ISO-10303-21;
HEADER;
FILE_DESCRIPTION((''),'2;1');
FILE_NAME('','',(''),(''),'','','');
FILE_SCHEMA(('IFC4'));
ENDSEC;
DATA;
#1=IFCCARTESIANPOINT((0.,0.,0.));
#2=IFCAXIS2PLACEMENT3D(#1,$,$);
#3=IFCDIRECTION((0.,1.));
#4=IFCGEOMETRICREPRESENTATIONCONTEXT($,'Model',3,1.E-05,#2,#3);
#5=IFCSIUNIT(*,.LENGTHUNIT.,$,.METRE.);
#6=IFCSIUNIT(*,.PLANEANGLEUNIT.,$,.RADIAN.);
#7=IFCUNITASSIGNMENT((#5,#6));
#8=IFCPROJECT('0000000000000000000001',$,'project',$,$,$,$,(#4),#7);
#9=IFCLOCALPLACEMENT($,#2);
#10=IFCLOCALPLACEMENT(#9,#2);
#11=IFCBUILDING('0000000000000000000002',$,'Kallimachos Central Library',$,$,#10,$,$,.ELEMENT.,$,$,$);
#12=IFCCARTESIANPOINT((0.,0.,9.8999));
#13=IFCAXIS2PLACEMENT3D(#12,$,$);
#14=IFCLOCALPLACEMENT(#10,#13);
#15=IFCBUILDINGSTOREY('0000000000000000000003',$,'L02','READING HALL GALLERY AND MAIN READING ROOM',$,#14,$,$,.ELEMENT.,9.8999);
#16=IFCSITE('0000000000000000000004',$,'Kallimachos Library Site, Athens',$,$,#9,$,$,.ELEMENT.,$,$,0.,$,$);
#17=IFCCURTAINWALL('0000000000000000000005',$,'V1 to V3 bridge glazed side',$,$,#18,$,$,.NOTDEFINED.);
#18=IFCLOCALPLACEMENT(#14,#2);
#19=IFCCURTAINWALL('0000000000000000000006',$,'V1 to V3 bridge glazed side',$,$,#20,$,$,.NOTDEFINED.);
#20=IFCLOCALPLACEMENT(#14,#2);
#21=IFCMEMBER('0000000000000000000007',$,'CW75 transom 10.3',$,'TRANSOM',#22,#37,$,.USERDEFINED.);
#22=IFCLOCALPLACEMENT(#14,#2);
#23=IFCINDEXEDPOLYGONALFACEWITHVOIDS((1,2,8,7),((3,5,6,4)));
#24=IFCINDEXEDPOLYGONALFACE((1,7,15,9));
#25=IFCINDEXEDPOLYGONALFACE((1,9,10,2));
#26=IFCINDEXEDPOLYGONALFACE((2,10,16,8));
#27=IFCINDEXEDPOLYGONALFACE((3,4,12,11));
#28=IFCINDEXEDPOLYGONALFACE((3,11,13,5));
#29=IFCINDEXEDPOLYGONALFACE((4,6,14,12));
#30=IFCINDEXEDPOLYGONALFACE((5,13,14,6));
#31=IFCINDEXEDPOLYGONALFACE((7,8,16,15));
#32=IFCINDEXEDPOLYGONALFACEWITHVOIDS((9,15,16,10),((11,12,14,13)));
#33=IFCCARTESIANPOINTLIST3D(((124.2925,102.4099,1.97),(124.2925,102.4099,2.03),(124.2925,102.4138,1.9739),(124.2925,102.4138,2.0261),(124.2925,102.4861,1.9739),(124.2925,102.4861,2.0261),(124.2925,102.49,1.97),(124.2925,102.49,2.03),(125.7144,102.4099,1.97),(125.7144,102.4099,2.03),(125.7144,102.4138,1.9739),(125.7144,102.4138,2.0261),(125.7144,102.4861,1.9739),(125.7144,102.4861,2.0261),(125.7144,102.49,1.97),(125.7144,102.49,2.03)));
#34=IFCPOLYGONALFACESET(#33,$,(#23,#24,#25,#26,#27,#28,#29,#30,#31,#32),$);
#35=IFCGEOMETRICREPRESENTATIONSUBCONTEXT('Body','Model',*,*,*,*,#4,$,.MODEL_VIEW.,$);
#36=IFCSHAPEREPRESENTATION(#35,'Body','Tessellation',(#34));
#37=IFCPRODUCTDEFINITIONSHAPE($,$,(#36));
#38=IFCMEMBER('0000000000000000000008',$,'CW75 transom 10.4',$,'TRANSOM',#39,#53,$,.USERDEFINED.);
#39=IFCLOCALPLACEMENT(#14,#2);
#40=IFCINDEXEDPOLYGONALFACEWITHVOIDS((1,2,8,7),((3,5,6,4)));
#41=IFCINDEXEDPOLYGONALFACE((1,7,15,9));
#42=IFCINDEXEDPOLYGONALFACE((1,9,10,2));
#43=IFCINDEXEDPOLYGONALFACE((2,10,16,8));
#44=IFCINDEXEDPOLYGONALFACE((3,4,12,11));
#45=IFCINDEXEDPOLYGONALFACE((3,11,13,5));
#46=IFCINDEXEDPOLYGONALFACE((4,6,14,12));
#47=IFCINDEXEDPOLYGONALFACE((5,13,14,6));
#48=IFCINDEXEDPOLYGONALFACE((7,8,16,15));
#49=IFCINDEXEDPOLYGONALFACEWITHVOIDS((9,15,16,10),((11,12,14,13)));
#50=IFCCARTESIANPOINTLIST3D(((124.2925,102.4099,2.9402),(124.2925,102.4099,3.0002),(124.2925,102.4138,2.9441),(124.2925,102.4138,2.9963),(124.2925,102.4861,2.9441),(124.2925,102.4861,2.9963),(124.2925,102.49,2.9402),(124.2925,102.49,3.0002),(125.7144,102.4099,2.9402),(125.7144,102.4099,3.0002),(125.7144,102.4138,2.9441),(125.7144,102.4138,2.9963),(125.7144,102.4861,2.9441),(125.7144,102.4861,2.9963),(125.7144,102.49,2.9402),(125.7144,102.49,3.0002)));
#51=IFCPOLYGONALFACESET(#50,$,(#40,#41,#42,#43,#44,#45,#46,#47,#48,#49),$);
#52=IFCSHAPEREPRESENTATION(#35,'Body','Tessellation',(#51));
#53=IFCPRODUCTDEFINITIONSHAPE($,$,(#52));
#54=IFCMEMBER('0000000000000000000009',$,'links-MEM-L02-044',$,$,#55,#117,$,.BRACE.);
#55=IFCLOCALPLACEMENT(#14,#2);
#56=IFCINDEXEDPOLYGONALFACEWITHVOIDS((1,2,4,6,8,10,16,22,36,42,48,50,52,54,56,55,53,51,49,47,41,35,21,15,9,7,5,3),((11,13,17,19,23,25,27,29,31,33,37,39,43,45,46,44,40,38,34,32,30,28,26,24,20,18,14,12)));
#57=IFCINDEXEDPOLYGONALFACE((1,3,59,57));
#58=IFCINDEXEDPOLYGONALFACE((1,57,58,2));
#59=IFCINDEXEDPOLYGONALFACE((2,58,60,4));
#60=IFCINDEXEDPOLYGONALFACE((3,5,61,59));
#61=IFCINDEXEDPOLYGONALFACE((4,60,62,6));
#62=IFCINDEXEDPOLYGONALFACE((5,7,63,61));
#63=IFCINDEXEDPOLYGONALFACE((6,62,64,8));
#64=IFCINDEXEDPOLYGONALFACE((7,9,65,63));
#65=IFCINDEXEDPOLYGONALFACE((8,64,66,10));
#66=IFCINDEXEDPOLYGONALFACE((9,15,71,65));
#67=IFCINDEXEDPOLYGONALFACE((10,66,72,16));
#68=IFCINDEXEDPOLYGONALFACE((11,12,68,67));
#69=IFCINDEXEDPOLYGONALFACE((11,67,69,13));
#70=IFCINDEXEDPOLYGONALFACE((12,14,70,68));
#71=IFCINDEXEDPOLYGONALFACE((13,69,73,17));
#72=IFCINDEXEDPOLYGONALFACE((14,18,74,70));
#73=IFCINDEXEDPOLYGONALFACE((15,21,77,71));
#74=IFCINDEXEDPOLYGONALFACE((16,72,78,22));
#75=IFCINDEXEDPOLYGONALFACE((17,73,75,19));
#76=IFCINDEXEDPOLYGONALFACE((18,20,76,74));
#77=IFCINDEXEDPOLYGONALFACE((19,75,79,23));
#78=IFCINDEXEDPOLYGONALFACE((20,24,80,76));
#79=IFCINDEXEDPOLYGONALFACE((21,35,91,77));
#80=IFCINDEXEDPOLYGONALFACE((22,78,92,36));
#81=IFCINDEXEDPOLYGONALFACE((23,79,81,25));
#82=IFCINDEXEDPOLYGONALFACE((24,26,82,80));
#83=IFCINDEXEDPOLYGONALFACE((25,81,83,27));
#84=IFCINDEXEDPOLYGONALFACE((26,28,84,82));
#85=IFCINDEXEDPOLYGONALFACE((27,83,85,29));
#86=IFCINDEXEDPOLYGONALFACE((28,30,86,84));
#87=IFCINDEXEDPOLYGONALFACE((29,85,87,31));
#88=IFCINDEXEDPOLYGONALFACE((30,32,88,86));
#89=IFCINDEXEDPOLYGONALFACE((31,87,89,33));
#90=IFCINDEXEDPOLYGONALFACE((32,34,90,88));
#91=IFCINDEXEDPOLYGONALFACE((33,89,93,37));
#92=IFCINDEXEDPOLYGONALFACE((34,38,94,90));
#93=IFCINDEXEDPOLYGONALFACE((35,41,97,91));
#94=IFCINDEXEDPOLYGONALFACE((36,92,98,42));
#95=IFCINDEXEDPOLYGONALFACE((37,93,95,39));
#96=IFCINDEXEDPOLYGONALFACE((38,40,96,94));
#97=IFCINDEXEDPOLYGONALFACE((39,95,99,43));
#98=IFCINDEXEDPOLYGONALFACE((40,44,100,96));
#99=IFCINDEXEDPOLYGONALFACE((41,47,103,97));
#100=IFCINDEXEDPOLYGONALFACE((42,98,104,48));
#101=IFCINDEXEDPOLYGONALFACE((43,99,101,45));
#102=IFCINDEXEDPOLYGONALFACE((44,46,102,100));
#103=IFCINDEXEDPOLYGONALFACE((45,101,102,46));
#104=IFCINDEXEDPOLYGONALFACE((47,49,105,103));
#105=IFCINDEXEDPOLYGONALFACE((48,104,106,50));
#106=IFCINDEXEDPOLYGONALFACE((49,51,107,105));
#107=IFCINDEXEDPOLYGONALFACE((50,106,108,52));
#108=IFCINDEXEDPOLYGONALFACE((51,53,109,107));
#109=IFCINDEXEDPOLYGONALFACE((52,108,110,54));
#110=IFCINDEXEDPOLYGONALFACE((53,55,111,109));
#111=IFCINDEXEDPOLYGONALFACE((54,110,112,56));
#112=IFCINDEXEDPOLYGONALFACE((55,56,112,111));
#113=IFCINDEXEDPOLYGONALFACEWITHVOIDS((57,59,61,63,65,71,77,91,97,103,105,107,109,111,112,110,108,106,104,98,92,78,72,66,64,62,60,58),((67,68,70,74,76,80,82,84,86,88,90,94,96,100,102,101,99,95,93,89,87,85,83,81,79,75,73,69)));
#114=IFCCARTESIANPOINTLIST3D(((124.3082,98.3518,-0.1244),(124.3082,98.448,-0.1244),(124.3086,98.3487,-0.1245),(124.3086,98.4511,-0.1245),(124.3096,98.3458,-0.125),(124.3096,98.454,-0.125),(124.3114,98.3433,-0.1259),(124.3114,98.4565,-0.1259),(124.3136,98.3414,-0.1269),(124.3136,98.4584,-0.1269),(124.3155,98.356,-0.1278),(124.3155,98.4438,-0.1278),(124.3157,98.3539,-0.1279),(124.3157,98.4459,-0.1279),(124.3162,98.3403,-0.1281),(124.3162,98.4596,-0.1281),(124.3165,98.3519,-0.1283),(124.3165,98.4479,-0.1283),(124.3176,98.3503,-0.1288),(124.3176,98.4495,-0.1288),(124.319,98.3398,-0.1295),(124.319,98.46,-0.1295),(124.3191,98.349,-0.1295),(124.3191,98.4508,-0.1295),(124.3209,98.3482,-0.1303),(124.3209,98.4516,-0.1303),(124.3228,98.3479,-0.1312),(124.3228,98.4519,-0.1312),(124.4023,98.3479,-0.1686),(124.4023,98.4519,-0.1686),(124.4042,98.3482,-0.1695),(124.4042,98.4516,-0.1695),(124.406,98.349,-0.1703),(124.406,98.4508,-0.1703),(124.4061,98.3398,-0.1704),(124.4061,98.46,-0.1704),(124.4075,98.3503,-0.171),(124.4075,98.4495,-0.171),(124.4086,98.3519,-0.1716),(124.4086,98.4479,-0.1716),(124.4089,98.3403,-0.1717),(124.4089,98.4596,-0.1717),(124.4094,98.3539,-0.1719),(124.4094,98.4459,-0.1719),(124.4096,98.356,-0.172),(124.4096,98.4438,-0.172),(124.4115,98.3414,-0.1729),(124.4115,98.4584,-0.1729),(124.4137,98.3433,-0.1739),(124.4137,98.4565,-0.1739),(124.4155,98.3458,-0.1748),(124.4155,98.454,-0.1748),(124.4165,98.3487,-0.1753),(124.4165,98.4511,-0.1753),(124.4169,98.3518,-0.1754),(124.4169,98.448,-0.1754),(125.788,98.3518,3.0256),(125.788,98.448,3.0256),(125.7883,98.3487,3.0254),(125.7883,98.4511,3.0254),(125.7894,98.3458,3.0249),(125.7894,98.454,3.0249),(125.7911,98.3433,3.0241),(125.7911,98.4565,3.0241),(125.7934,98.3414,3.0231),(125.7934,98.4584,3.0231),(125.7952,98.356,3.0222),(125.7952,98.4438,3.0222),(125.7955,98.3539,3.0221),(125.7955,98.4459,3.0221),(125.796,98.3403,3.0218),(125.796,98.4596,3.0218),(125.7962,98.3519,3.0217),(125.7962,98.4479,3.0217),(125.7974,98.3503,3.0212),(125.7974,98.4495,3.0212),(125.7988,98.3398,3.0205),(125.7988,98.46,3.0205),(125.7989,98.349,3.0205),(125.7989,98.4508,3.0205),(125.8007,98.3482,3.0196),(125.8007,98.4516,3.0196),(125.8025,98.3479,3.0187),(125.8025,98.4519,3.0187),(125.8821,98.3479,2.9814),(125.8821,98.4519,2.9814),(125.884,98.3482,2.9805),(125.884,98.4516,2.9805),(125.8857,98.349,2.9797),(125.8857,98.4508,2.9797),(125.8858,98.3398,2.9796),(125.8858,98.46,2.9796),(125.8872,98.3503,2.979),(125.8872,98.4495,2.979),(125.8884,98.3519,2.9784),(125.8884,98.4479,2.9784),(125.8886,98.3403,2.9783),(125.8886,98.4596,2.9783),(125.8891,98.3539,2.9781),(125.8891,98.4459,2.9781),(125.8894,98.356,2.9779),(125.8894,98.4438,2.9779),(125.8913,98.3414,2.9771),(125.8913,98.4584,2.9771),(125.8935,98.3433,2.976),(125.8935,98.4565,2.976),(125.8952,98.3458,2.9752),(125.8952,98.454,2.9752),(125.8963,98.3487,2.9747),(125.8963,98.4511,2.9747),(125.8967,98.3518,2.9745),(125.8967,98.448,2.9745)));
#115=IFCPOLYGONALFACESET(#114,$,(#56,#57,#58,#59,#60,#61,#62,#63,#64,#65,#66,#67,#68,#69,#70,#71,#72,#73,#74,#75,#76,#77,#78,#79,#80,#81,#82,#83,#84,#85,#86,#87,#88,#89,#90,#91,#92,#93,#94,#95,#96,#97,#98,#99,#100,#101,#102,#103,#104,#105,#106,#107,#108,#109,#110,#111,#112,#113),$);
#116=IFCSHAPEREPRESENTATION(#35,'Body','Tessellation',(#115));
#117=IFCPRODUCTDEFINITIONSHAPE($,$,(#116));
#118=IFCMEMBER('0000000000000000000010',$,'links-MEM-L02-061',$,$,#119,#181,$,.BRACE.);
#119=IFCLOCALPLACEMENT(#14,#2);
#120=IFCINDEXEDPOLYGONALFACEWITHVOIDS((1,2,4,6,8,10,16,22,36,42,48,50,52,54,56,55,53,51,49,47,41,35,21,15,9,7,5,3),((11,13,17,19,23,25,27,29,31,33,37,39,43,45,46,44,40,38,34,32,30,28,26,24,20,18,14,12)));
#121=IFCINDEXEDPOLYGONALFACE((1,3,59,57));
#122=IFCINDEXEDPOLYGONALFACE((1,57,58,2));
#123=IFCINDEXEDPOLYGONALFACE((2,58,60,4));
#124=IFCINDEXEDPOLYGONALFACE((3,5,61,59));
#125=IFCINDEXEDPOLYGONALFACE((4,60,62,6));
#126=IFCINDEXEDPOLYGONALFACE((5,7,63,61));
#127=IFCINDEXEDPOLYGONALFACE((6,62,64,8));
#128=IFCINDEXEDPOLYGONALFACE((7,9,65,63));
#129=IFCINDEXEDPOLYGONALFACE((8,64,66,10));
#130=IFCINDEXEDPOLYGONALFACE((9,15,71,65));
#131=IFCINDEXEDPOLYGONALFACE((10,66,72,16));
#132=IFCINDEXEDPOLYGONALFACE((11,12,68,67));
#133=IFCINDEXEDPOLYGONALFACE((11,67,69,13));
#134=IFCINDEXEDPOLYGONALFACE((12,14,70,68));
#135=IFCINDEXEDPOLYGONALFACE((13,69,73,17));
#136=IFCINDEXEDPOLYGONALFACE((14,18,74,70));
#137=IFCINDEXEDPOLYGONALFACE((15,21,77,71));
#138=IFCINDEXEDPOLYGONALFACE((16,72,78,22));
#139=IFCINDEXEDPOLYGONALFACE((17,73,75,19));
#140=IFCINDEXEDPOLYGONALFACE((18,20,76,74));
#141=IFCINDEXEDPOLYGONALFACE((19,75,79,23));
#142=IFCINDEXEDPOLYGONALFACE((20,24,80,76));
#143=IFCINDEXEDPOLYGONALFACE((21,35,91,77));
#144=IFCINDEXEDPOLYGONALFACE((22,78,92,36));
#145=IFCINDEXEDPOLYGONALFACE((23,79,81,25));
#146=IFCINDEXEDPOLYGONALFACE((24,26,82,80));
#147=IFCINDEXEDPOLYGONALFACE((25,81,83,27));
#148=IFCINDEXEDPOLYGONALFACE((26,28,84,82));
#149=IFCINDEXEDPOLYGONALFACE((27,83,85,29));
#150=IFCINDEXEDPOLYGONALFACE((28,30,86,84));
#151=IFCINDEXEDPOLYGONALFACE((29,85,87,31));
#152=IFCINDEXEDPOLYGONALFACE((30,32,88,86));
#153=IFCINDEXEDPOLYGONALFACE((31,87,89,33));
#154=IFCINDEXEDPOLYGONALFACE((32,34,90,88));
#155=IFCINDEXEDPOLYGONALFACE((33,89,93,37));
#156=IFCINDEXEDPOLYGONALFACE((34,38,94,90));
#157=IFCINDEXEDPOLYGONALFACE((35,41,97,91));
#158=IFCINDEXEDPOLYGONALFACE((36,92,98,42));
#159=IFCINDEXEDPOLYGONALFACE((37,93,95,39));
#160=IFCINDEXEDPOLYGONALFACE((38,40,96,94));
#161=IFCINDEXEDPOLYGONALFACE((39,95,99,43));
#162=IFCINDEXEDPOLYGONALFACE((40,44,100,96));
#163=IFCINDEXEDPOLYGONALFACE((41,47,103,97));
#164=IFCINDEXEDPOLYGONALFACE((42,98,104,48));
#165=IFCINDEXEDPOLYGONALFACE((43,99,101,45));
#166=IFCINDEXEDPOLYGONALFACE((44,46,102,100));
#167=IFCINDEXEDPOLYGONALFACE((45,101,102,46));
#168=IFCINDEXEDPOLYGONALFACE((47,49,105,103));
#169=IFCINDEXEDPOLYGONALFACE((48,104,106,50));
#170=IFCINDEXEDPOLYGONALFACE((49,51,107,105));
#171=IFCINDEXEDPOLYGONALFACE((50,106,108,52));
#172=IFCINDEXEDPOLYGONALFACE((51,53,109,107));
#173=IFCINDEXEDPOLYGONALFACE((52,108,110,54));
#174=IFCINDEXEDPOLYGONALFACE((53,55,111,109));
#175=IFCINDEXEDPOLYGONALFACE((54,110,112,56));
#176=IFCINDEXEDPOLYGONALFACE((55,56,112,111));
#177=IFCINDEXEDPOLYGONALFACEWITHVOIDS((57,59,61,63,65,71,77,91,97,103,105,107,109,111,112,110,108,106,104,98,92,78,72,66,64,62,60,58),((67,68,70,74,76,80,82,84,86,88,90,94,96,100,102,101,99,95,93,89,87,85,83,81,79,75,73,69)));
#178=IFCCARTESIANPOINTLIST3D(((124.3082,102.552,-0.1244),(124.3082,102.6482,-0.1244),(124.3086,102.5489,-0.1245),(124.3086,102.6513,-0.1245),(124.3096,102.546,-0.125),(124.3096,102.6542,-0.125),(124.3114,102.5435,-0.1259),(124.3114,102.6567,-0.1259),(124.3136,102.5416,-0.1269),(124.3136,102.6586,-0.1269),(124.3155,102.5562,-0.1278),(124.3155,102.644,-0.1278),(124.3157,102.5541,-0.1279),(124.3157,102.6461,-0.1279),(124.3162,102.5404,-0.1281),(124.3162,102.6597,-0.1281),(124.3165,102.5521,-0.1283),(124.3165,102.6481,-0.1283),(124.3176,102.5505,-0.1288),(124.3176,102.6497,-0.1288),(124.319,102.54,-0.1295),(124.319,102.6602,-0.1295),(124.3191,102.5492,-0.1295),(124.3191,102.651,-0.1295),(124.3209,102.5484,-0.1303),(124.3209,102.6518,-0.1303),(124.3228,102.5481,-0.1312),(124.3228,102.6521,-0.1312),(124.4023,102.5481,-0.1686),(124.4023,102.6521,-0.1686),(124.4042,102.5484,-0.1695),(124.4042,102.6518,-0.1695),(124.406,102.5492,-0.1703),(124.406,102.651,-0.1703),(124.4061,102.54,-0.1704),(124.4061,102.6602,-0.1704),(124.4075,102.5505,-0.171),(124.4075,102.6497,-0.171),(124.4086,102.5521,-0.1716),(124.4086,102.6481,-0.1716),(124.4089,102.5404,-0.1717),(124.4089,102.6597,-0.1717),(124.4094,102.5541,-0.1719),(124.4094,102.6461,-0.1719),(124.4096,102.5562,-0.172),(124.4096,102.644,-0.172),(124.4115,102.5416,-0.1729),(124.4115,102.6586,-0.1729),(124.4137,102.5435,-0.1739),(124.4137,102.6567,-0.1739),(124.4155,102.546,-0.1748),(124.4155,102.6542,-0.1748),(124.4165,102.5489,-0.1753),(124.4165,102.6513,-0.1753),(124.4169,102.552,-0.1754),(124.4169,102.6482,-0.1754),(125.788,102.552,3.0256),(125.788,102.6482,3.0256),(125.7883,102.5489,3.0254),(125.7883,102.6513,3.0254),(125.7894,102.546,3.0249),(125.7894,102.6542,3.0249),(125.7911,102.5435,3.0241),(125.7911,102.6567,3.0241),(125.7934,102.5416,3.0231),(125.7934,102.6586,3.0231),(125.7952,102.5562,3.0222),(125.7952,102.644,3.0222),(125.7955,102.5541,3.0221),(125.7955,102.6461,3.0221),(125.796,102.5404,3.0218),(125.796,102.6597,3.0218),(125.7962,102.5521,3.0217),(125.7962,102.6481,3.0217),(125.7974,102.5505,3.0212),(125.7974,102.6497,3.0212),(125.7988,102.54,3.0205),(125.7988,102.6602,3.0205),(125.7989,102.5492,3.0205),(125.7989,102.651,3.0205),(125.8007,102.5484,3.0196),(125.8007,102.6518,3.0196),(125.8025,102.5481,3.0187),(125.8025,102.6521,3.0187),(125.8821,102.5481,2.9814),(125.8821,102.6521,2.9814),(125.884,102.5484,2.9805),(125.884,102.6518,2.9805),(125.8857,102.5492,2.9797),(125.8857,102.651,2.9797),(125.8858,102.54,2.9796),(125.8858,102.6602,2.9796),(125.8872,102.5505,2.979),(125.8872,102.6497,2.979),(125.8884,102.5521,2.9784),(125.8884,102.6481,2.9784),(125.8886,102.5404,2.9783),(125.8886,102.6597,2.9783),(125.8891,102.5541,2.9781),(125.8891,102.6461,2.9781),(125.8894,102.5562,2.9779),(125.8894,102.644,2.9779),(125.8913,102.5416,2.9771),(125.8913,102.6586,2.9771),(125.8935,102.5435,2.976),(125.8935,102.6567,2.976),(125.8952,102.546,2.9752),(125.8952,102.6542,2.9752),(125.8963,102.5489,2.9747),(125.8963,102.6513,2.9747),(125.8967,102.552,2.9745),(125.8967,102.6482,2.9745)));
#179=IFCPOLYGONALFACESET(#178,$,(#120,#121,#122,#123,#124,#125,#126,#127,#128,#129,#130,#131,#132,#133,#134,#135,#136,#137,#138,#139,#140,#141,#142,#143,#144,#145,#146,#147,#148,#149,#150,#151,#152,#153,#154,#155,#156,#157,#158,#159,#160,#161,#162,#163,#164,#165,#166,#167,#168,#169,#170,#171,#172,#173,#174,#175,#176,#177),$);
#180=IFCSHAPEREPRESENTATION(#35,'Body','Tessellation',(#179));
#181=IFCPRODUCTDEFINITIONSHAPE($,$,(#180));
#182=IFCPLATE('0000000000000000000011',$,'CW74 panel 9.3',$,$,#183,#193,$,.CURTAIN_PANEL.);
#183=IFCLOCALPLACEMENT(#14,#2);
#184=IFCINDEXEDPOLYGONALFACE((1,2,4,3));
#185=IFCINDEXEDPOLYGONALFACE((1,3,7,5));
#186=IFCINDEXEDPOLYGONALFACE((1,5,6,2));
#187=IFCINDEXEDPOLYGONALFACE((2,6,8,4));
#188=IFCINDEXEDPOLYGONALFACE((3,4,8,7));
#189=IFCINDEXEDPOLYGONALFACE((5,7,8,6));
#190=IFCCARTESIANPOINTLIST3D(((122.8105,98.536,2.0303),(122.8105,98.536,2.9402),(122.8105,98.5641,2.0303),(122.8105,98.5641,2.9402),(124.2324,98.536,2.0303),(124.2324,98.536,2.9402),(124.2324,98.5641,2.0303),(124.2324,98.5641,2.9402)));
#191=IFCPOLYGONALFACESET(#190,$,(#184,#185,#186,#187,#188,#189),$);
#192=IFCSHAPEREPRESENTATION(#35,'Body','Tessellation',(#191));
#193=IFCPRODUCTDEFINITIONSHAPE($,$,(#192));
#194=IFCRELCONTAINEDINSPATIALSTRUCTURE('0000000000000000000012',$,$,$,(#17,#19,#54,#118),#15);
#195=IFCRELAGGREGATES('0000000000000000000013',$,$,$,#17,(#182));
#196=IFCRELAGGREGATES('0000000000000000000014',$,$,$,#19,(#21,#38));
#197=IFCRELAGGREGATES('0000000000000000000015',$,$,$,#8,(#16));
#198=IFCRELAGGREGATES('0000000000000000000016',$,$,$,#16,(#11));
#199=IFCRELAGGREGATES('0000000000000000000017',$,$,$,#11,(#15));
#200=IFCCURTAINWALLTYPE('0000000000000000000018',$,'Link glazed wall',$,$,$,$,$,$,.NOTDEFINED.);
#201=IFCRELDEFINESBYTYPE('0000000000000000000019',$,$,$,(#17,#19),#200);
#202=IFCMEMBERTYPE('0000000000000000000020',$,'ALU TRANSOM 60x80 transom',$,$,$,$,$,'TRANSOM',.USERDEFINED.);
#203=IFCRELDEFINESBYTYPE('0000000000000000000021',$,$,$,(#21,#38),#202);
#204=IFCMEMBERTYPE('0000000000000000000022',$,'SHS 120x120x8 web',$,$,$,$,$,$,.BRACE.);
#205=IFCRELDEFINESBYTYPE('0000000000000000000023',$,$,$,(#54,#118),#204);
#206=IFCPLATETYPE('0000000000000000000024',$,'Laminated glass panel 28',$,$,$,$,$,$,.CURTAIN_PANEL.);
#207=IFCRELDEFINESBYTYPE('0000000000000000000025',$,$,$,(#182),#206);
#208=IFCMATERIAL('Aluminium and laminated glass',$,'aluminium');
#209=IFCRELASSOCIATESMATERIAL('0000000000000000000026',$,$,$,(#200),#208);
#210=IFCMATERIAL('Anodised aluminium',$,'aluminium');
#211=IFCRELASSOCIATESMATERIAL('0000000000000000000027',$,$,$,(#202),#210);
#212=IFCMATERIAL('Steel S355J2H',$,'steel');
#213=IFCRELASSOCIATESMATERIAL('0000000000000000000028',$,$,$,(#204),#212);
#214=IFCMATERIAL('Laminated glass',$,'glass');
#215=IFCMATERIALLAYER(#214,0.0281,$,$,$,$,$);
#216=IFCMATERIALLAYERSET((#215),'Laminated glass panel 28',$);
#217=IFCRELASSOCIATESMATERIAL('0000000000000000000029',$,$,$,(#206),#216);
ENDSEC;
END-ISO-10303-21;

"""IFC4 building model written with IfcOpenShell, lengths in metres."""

from ifc_helpers import new_model, si_unit, direction, frame, origin, origin_2d, place, context, subcontext, project, spatial, rectangle, hollow_rectangle, extrude, material, layer, layer_set, material_profile, profile_set, type_object, element, aggregate, save


model = new_model("IFC4")

# Units and contexts
model_context = context("Model", 3, precision=1e-05, world=origin(), true_north=direction((0.0, 1.0)))
body_context = subcontext(model_context, "Body", "Model", "MODEL_VIEW")
ifc_project = project(units=[si_unit("LENGTHUNIT", "METRE"), si_unit("PLANEANGLEUNIT", "RADIAN")], contexts=[model_context])

# Site, building, storey
site_placement = place(None, origin())
site = spatial("IfcSite", under=ifc_project, at=site_placement, Name="Kallimachos Library Site, Athens", CompositionType="ELEMENT", RefElevation=0.0)
building_placement = place(site_placement, origin())
building = spatial("IfcBuilding", under=site, at=building_placement, Name="Kallimachos Central Library", CompositionType="ELEMENT")
storey_placement = place(building_placement, frame((0.0, 0.0, 9.8999)))
storey = spatial("IfcBuildingStorey", under=building, at=storey_placement, Name="L02", Description="READING HALL GALLERY AND MAIN READING ROOM", CompositionType="ELEMENT", Elevation=9.8999)

# Curtain walls
ifc_material_1 = material(Name="Aluminium and laminated glass", Category="aluminium")
curtain_wall_type = type_object("IfcCurtainWallType", Name="Link glazed wall", PredefinedType="NOTDEFINED", material=ifc_material_1)
curtain_wall_1_placement = place(storey_placement, origin())
curtain_wall_1 = element("IfcCurtainWall", 1, at=curtain_wall_1_placement, inside=storey, type_object=curtain_wall_type, Name="V1 to V3 bridge glazed side", PredefinedType="NOTDEFINED")
curtain_wall_2_placement = place(storey_placement, origin())
curtain_wall_2 = element("IfcCurtainWall", 2, at=curtain_wall_2_placement, inside=storey, type_object=curtain_wall_type, Name="V1 to V3 bridge glazed side", PredefinedType="NOTDEFINED")

# Members
ifc_material_2 = material(Name="Anodised aluminium", Category="aluminium")
ifc_material_profile_1 = material_profile(ifc_material_2, hollow_rectangle(XDim=0.0601, YDim=0.0801, WallThickness=0.0039, at=origin_2d()), Name="ALU TRANSOM 60x80")
ifc_profile_set_1 = profile_set([ifc_material_profile_1], Name="Anodised aluminium")
member_type_1 = type_object("IfcMemberType", Name="ALU TRANSOM 60x80 transom", ElementType="TRANSOM", PredefinedType="USERDEFINED", material=ifc_profile_set_1)
member_1_placement = place(storey_placement, frame((124.2925, 102.45, 2.0), z_axis=(1.0, 0.0, 0.0), x_axis=(0.0, 0.0, 1.0)))
member_1 = element("IfcMember", 3, at=member_1_placement, type_object=member_type_1, Name="CW75 transom 10.3", ObjectType="TRANSOM", PredefinedType="USERDEFINED", context=body_context, shape_type="SweptSolid", body=[
    extrude(hollow_rectangle(XDim=0.0601, YDim=0.0801, WallThickness=0.0039, at=origin_2d()), origin(), (0.0, 0.0, 1.0), 1.4219),
])
member_2_placement = place(storey_placement, frame((124.2925, 102.45, 2.9702), z_axis=(1.0, 0.0, 0.0), x_axis=(0.0, 0.0, 1.0)))
member_2 = element("IfcMember", 4, at=member_2_placement, type_object=member_type_1, Name="CW75 transom 10.4", ObjectType="TRANSOM", PredefinedType="USERDEFINED", context=body_context, shape_type="SweptSolid", body=[
    extrude(hollow_rectangle(XDim=0.0601, YDim=0.0801, WallThickness=0.0039, at=origin_2d()), origin(), (0.0, 0.0, 1.0), 1.4219),
])

# Members
ifc_material_3 = material(Name="Steel S355J2H", Category="steel")
ifc_material_profile_2 = material_profile(ifc_material_3, hollow_rectangle(XDim=0.1201, YDim=0.1201, WallThickness=0.0081, InnerFilletRadius=0.0081, OuterFilletRadius=0.012, at=origin_2d()), Name="SHS 120x120x8")
ifc_profile_set_2 = profile_set([ifc_material_profile_2], Name="Steel S355J2H")
member_type_2 = type_object("IfcMemberType", Name="SHS 120x120x8 web", PredefinedType="BRACE", material=ifc_profile_set_2)
for number, where, z_axis, x_axis, name in (
    (5, (124.3625, 98.3999, -0.1499), (0.425192, 0.0, 0.905103), (0.0, 1.0, 0.0), "links-MEM-L02-044"),
    (6, (124.3625, 102.6001, -0.1499), (0.425192, 0.0, 0.905103), (0.0, 1.0, 0.0), "links-MEM-L02-061"),
):
    element("IfcMember", number, at=place(storey_placement, frame(where, z_axis=z_axis, x_axis=x_axis)), inside=storey, type_object=member_type_2, Name=name, PredefinedType="BRACE", context=body_context, shape_type="SweptSolid", body=[
        extrude(hollow_rectangle(XDim=0.1201, YDim=0.1201, WallThickness=0.0081, InnerFilletRadius=0.0081, OuterFilletRadius=0.012, at=origin_2d()), origin(), (0.0, 0.0, 1.0), 3.4802),
    ])

# Plate
ifc_material_4 = material(Name="Laminated glass", Category="glass")
ifc_layer = layer(ifc_material_4, 0.0281)
ifc_layer_set = layer_set([ifc_layer], Name="Laminated glass panel 28")
plate_type = type_object("IfcPlateType", Name="Laminated glass panel 28", PredefinedType="CURTAIN_PANEL", material=ifc_layer_set)
plate_1_placement = place(storey_placement, frame((123.5215, 98.55, 2.0303), z_axis=(0.0, 0.0, 1.0), x_axis=(1.0, 0.0, 0.0)))
plate_1 = element("IfcPlate", 7, at=plate_1_placement, type_object=plate_type, Name="CW74 panel 9.3", PredefinedType="CURTAIN_PANEL", context=body_context, shape_type="SweptSolid", body=[
    extrude(rectangle(XDim=1.4219, YDim=0.0281, at=origin_2d()), origin(), (0.0, 0.0, 1.0), 0.9099),
])
aggregate(curtain_wall_1, [plate_1])
aggregate(curtain_wall_2, [member_1, member_2])

save(model, "model.ifc")
